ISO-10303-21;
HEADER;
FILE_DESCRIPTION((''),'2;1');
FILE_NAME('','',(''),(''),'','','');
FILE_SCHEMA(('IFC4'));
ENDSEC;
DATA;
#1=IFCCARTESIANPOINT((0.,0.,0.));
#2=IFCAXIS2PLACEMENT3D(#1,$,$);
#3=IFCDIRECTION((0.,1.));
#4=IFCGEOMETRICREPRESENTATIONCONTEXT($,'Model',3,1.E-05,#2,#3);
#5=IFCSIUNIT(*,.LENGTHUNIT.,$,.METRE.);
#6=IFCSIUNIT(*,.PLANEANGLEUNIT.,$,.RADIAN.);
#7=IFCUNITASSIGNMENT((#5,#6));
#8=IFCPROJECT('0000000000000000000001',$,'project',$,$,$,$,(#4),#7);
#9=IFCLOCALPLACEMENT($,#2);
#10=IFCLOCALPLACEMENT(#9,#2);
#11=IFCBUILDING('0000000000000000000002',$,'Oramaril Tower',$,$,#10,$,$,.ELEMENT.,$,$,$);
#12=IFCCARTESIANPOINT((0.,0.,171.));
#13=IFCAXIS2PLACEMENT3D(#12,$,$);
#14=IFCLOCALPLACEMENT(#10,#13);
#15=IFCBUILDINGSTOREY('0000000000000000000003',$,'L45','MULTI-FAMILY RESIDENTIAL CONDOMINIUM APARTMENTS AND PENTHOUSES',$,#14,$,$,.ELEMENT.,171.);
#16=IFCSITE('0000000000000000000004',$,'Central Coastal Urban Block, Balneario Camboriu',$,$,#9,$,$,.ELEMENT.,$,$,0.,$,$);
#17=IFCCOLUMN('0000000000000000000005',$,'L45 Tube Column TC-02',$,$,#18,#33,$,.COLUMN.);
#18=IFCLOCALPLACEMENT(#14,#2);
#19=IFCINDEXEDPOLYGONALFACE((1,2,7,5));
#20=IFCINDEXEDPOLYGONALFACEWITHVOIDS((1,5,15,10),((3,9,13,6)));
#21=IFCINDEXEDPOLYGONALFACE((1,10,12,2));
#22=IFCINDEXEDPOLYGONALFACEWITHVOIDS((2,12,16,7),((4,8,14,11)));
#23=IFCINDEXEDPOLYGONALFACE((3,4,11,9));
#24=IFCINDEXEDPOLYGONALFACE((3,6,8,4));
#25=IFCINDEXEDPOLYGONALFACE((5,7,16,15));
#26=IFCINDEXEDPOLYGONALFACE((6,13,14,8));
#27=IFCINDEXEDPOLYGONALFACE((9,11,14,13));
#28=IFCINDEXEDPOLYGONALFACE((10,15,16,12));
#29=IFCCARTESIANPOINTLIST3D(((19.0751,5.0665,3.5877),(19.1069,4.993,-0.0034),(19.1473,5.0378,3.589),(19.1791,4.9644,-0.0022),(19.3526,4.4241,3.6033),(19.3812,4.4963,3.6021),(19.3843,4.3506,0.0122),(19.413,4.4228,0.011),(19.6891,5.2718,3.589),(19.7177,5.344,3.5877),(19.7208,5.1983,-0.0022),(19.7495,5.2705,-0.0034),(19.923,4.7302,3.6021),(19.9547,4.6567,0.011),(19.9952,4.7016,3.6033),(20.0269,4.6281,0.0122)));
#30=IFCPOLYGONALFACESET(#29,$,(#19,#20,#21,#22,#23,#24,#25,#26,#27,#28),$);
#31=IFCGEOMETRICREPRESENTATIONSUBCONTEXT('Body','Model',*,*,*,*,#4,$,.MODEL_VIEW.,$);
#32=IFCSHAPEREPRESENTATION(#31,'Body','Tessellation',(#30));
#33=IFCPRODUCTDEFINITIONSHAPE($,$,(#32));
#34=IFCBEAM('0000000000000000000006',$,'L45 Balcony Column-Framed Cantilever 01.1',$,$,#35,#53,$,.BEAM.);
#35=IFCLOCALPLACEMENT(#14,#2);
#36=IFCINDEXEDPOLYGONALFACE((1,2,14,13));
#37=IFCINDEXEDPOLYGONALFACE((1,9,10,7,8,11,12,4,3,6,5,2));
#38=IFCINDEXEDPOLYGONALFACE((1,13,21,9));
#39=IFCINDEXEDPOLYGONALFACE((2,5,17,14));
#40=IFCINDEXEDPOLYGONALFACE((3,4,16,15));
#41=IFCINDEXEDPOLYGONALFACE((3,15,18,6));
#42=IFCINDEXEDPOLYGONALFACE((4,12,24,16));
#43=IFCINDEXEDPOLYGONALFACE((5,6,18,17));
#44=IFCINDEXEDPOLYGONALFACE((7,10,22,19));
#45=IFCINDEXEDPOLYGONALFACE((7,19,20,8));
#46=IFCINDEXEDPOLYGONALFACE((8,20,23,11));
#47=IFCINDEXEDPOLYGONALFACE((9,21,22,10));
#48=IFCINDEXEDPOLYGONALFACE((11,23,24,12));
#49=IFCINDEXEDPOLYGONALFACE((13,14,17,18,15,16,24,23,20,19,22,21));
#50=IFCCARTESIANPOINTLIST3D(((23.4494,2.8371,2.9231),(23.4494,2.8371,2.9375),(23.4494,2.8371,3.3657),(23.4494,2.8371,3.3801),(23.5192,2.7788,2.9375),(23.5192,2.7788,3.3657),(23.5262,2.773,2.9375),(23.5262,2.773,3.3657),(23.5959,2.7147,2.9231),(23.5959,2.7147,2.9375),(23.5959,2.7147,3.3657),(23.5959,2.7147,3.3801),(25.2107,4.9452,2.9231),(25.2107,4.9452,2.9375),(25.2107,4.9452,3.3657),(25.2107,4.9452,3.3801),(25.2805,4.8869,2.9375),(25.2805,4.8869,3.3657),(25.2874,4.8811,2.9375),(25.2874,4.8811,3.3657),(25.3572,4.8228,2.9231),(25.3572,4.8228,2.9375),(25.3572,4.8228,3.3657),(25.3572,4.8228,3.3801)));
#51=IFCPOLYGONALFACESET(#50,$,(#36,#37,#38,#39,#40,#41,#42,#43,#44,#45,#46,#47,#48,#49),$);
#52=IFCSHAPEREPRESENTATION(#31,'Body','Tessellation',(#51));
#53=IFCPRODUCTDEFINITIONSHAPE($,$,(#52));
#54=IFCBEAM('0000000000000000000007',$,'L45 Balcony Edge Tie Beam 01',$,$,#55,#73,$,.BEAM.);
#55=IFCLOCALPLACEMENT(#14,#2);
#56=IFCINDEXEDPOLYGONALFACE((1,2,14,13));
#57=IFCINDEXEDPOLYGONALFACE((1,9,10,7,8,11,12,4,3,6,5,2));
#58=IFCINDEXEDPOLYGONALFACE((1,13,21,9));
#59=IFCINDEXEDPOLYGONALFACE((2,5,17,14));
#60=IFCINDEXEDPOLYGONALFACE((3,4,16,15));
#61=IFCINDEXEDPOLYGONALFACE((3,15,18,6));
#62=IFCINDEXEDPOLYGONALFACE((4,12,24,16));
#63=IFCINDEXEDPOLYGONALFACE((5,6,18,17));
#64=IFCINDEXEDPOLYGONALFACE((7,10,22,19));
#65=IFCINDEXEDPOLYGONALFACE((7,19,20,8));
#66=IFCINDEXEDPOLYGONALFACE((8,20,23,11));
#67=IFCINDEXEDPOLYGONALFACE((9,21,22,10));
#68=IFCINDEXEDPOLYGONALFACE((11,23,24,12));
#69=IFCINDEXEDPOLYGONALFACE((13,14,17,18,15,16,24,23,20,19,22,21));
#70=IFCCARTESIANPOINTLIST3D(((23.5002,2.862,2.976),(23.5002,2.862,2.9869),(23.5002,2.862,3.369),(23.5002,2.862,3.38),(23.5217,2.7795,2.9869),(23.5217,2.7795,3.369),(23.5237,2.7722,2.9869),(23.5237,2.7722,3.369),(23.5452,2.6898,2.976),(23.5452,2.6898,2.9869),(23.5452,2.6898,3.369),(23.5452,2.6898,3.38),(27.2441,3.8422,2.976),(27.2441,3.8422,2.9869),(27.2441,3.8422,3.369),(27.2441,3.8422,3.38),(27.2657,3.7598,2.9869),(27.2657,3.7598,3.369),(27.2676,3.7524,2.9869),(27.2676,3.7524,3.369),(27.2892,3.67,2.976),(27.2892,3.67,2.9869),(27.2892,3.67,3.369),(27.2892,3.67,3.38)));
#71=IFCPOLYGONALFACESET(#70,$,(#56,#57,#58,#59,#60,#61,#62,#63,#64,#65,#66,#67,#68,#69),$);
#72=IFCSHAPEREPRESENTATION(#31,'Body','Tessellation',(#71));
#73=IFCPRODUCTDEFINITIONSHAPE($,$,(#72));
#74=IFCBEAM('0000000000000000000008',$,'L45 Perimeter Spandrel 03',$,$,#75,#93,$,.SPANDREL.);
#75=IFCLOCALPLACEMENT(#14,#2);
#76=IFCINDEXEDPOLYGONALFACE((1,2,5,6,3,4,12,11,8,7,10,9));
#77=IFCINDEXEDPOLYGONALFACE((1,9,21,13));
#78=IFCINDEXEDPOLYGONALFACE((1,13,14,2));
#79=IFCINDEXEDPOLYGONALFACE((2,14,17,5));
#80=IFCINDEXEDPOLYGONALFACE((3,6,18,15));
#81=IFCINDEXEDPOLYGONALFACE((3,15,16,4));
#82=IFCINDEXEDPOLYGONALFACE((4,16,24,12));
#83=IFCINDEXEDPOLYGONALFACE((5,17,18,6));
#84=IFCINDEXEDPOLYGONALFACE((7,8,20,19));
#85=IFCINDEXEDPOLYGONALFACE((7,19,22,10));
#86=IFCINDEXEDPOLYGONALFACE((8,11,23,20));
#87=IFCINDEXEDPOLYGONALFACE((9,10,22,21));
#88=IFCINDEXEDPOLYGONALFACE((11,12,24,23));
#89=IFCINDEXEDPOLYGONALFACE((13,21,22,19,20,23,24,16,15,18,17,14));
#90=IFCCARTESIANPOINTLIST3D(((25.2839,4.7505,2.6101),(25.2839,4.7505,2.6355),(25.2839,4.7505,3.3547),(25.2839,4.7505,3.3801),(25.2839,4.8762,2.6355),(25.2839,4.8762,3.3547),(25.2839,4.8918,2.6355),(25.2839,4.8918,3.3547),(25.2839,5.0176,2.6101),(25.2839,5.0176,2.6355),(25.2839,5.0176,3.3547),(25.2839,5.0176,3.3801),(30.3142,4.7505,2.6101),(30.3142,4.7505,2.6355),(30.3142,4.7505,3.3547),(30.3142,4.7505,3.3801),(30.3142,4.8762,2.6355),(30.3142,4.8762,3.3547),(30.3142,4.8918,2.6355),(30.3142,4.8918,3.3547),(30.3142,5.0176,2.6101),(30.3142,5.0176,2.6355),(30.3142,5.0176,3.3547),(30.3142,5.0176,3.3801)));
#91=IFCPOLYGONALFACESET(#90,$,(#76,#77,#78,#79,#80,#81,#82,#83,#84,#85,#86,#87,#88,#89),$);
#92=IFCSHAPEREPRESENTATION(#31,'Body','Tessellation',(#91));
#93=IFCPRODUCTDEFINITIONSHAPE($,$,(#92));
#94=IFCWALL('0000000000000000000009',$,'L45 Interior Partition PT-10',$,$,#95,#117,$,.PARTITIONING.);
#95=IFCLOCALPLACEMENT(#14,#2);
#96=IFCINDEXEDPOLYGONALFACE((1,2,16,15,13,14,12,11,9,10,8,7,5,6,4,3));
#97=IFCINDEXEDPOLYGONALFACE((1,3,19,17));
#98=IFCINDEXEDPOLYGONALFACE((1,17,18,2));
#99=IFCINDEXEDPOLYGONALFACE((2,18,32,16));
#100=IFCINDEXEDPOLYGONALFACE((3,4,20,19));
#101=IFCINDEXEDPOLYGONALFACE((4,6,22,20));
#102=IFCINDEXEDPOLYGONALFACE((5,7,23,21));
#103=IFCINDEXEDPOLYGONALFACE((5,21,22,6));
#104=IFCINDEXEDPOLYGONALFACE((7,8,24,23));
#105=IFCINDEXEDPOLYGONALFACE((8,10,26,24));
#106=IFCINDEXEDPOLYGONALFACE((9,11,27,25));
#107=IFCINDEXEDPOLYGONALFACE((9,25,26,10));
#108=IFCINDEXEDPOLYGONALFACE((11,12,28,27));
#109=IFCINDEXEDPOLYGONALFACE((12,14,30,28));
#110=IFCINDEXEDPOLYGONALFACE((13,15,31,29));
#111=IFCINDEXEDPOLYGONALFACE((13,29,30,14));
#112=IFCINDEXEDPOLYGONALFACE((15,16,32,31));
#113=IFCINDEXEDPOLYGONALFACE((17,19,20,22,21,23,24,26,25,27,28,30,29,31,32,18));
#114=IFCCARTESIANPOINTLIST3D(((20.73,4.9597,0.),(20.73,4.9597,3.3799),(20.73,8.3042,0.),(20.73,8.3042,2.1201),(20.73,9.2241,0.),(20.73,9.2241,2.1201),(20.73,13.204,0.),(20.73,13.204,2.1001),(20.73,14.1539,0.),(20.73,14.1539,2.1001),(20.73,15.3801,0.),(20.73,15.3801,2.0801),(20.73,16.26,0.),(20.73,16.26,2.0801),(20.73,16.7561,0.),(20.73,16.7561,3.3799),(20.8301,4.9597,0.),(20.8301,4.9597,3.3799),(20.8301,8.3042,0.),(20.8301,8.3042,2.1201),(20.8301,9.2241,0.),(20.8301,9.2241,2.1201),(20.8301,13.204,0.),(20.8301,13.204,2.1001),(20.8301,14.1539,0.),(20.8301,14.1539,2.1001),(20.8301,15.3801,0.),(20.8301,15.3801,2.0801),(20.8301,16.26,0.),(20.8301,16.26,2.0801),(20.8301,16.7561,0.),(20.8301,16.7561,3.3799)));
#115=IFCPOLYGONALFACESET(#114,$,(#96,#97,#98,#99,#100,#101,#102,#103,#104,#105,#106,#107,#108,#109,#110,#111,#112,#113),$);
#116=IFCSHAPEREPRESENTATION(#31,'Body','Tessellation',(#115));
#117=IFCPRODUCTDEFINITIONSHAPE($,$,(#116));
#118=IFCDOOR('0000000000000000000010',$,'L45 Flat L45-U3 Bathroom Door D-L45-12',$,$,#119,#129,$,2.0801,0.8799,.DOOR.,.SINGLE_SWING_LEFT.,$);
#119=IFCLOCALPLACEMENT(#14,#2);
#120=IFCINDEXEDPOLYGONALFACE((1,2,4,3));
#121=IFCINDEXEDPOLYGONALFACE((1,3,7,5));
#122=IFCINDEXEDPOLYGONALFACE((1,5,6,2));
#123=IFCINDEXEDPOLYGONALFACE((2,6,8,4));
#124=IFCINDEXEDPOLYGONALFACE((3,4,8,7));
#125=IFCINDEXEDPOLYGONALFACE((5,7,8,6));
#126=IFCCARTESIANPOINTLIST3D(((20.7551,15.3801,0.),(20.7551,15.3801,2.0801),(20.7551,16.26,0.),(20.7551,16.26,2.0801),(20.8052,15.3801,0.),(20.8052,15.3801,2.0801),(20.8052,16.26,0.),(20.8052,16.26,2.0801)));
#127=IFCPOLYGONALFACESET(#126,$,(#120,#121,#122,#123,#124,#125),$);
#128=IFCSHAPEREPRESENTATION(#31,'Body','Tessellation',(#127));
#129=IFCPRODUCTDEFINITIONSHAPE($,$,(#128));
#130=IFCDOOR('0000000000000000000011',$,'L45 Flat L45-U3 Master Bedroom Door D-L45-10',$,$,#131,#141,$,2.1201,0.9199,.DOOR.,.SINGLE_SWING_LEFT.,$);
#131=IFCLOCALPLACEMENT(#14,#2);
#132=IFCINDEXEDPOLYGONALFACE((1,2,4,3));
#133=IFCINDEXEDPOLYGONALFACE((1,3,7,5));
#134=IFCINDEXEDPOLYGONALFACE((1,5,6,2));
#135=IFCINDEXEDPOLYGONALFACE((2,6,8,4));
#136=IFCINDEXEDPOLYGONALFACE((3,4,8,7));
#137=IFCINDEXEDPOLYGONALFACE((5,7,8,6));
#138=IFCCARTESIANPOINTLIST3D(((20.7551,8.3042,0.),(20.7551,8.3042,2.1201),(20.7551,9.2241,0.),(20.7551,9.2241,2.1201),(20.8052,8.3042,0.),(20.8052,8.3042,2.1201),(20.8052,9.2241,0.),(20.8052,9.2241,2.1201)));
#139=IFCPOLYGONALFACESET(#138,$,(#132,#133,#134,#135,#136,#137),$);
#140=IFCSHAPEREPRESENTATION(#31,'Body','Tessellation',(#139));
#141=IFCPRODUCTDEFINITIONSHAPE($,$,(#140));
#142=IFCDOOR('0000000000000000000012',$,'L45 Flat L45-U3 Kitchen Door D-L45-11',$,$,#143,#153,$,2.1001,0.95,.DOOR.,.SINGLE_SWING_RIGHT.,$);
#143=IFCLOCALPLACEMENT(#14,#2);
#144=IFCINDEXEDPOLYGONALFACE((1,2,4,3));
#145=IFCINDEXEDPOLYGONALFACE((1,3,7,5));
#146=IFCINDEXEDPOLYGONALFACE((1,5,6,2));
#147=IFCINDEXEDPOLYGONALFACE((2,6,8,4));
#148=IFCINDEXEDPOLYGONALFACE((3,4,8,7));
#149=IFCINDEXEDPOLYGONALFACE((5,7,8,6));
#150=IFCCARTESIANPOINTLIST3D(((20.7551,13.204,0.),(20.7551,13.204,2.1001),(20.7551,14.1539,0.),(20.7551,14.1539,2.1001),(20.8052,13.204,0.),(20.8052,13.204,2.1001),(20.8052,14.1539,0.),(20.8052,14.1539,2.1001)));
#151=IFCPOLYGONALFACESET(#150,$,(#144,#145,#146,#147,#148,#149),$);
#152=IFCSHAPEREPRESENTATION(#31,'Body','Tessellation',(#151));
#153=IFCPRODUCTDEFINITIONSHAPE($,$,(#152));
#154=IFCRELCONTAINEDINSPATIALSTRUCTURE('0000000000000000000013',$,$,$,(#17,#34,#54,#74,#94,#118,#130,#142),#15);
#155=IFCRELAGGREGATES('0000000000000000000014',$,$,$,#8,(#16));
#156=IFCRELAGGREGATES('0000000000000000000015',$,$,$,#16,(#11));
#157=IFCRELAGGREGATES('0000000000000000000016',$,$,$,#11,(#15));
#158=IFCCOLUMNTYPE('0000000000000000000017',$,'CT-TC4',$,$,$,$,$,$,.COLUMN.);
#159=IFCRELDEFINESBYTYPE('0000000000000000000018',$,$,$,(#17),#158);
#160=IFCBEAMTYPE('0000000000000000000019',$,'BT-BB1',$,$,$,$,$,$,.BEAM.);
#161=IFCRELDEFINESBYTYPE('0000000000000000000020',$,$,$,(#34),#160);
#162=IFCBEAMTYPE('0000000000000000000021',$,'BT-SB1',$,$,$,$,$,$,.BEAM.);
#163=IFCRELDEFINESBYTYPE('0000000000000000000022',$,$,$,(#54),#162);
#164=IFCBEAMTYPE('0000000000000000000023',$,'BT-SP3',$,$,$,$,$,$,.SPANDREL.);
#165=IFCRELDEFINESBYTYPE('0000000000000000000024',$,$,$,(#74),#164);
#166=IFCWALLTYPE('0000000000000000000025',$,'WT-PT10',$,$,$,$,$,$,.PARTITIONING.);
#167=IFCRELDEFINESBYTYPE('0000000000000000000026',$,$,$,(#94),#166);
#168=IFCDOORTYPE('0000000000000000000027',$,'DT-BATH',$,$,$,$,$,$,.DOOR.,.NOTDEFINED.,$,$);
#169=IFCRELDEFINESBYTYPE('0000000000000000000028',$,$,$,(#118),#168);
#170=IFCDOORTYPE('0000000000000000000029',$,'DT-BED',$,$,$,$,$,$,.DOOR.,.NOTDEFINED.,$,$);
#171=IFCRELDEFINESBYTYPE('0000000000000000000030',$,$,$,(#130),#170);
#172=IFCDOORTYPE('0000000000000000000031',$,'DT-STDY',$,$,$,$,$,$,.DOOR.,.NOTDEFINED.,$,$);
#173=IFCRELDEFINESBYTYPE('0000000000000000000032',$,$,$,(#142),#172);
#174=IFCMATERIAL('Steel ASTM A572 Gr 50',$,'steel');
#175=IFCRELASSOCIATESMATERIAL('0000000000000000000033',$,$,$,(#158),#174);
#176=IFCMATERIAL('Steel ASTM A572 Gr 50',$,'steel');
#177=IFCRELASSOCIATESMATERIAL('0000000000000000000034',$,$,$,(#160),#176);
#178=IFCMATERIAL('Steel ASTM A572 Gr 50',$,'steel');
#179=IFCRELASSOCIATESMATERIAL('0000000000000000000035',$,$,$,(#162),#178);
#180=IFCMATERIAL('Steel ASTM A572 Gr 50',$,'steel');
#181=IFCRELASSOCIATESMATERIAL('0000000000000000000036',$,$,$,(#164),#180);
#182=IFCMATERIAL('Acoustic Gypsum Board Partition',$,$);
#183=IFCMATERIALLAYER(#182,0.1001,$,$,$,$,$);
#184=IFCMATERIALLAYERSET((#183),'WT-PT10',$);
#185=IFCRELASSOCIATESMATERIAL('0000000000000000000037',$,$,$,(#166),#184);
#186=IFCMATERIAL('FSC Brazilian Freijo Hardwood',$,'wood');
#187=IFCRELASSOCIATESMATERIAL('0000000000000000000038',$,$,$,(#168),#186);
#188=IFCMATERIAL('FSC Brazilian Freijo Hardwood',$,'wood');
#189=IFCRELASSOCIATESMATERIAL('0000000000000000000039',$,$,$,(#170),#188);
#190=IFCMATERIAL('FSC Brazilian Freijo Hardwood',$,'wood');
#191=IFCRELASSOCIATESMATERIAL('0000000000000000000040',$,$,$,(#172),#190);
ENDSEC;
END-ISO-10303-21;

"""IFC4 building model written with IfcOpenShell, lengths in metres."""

from ifc_helpers import new_model, si_unit, direction, frame, frame_2d, origin, origin_2d, place, context, subcontext, project, spatial, rectangle, hollow_rectangle, i_section, extrude, material, layer, layer_set, material_profile, profile_set, type_object, element, fill, save


model = new_model("IFC4")

# Units and contexts
model_context = context("Model", 3, precision=1e-05, world=origin(), true_north=direction((0.0, 1.0)))
body_context = subcontext(model_context, "Body", "Model", "MODEL_VIEW")
ifc_project = project(units=[si_unit("LENGTHUNIT", "METRE"), si_unit("PLANEANGLEUNIT", "RADIAN")], contexts=[model_context])

# Site, building, storey
site_placement = place(None, origin())
site = spatial("IfcSite", under=ifc_project, at=site_placement, Name="Central Coastal Urban Block, Balneario Camboriu", CompositionType="ELEMENT", RefElevation=0.0)
building_placement = place(site_placement, origin())
building = spatial("IfcBuilding", under=site, at=building_placement, Name="Oramaril Tower", CompositionType="ELEMENT")
storey_placement = place(building_placement, frame((0.0, 0.0, 171.0)))
storey = spatial("IfcBuildingStorey", under=building, at=storey_placement, Name="L45", Description="MULTI-FAMILY RESIDENTIAL CONDOMINIUM APARTMENTS AND PENTHOUSES", CompositionType="ELEMENT", Elevation=171.0)

# Column
ifc_material_1 = material(Name="Steel ASTM A572 Gr 50", Category="steel")
ifc_material_profile_1 = material_profile(ifc_material_1, hollow_rectangle(XDim=0.7, YDim=0.7, WallThickness=0.0549, at=origin_2d()), Name="BOX700X700X55")
ifc_profile_set_1 = profile_set([ifc_material_profile_1], Name="Steel ASTM A572 Gr 50")
column_type = type_object("IfcColumnType", Name="CT-TC4", PredefinedType="COLUMN", material=ifc_profile_set_1)
column_placement = place(storey_placement, frame((19.5669, 4.8105, 0.0044), z_axis=(-0.008836, 0.020459, 0.999752), x_axis=(-0.918037, -0.396494, 0.0)))
element("IfcColumn", 1, at=column_placement, inside=storey, type_object=column_type, Name="L45 Tube Column TC-02", PredefinedType="COLUMN", context=body_context, shape_type="SweptSolid", body=[
    extrude(hollow_rectangle(XDim=0.7, YDim=0.7, WallThickness=0.0549, at=origin_2d()), origin(), (0.0, 0.0, 1.0), 3.592),
])

# Beams
ifc_material_2 = material(Name="Steel ASTM A572 Gr 50", Category="steel")
ifc_material_profile_2 = material_profile(ifc_material_2, i_section(OverallWidth=0.1909, OverallDepth=0.457, WebThickness=0.009, FlangeThickness=0.0144, at=origin_2d()), Name="W18X50")
ifc_profile_set_2 = profile_set([ifc_material_profile_2], Name="Steel ASTM A572 Gr 50")
beam_type_1 = type_object("IfcBeamType", Name="BT-BB1", PredefinedType="BEAM", material=ifc_profile_set_2)
beam_1_placement = place(storey_placement, frame((25.2839, 4.884, 3.1516), z_axis=(-0.641137, -0.767427, 0.0), x_axis=(0.767427, -0.641137, 0.0)))
element("IfcBeam", 2, at=beam_1_placement, inside=storey, type_object=beam_type_1, Name="L45 Balcony Column-Framed Cantilever 01.1", PredefinedType="BEAM", context=body_context, shape_type="SweptSolid", body=[
    extrude(i_section(OverallWidth=0.1909, OverallDepth=0.457, WebThickness=0.009, FlangeThickness=0.0144, at=origin_2d()), origin(), (0.0, 0.0, 1.0), 2.7471),
])
ifc_material_3 = material(Name="Steel ASTM A572 Gr 50", Category="steel")
ifc_material_profile_3 = material_profile(ifc_material_3, i_section(OverallWidth=0.178, OverallDepth=0.4041, WebThickness=0.0076, FlangeThickness=0.011, at=origin_2d()), Name="W16X36")
ifc_profile_set_3 = profile_set([ifc_material_profile_3], Name="Steel ASTM A572 Gr 50")
beam_type_2 = type_object("IfcBeamType", Name="BT-SB1", PredefinedType="BEAM", material=ifc_profile_set_3)
beam_2_placement = place(storey_placement, frame((23.5227, 2.7759, 3.178), z_axis=(0.967392, 0.253282, 0.0), x_axis=(-0.253282, 0.967392, 0.0)))
element("IfcBeam", 3, at=beam_2_placement, inside=storey, type_object=beam_type_2, Name="L45 Balcony Edge Tie Beam 01", PredefinedType="BEAM", context=body_context, shape_type="SweptSolid", body=[
    extrude(i_section(OverallWidth=0.178, OverallDepth=0.4041, WebThickness=0.0076, FlangeThickness=0.011, at=origin_2d()), origin(), (0.0, 0.0, 1.0), 3.8701),
])
ifc_material_4 = material(Name="Steel ASTM A572 Gr 50", Category="steel")
ifc_material_profile_4 = material_profile(ifc_material_4, i_section(OverallWidth=0.2671, OverallDepth=0.77, WebThickness=0.0156, FlangeThickness=0.0254, at=origin_2d()), Name="W30X132")
ifc_profile_set_4 = profile_set([ifc_material_profile_4], Name="Steel ASTM A572 Gr 50")
beam_type_3 = type_object("IfcBeamType", Name="BT-SP3", PredefinedType="SPANDREL", material=ifc_profile_set_4)
beam_3_placement = place(storey_placement, frame((25.2839, 4.884, 2.9951), z_axis=(1.0, 0.0, 0.0), x_axis=(0.0, 1.0, 0.0)))
element("IfcBeam", 4, at=beam_3_placement, inside=storey, type_object=beam_type_3, Name="L45 Perimeter Spandrel 03", PredefinedType="SPANDREL", context=body_context, shape_type="SweptSolid", body=[
    extrude(i_section(OverallWidth=0.2671, OverallDepth=0.77, WebThickness=0.0156, FlangeThickness=0.0254, at=origin_2d()), origin(), (0.0, 0.0, 1.0), 5.0303),
])

# Wall, openings, doors
ifc_material_5 = material(Name="Acoustic Gypsum Board Partition")
ifc_layer_1 = layer(ifc_material_5, 0.1001)
ifc_layer_set_1 = layer_set([ifc_layer_1], Name="WT-PT10")
wall_type_1 = type_object("IfcWallType", Name="WT-PT10", PredefinedType="PARTITIONING", material=ifc_layer_set_1)
wall_1_placement = place(storey_placement, frame((20.78, 4.9597, 0.0), z_axis=(0.0, 0.0, 1.0), x_axis=(0.0, 1.0, 0.0)))
wall_1 = element("IfcWall", 5, at=wall_1_placement, inside=storey, type_object=wall_type_1, Name="L45 Interior Partition PT-10", PredefinedType="PARTITIONING", context=body_context, shape_type="SweptSolid", body=[
    extrude(rectangle(XDim=11.7964, YDim=0.1001, at=frame_2d((5.8982, 0.0))), origin(), (0.0, 0.0, 1.0), 3.3799),
])
opening_1_placement = place(wall_1_placement, frame((3.3445, 0.0, 0.0)))
opening_1 = element("IfcOpeningElement", 6, at=opening_1_placement, cuts=wall_1, PredefinedType="OPENING", context=body_context, shape_type="SweptSolid", body=[
    extrude(rectangle(XDim=0.9199, YDim=2.1201, at=frame_2d((0.46, 1.0601))), frame((0.0, 0.05, 0.0), z_axis=(0.0, -1.0, 0.0), x_axis=(1.0, 0.0, 0.0)), (0.0, 0.0, 1.0), 0.1001),
])
opening_2_placement = place(wall_1_placement, frame((8.2441, 0.0, 0.0)))
opening_2 = element("IfcOpeningElement", 7, at=opening_2_placement, cuts=wall_1, PredefinedType="OPENING", context=body_context, shape_type="SweptSolid", body=[
    extrude(rectangle(XDim=0.95, YDim=2.1001, at=frame_2d((0.4751, 1.05))), frame((0.0, 0.05, 0.0), z_axis=(0.0, -1.0, 0.0), x_axis=(1.0, 0.0, 0.0)), (0.0, 0.0, 1.0), 0.1001),
])
opening_3_placement = place(wall_1_placement, frame((10.4204, 0.0, 0.0)))
opening_3 = element("IfcOpeningElement", 8, at=opening_3_placement, cuts=wall_1, PredefinedType="OPENING", context=body_context, shape_type="SweptSolid", body=[
    extrude(rectangle(XDim=0.8799, YDim=2.0801, at=frame_2d((0.4399, 1.04))), frame((0.0, 0.05, 0.0), z_axis=(0.0, -1.0, 0.0), x_axis=(1.0, 0.0, 0.0)), (0.0, 0.0, 1.0), 0.1001),
])
ifc_material_6 = material(Name="FSC Brazilian Freijo Hardwood", Category="wood")
door_type_1 = type_object("IfcDoorType", Name="DT-BATH", OperationType="NOTDEFINED", PredefinedType="DOOR", material=ifc_material_6)
door_1_placement = place(opening_3_placement, origin())
door_1 = element("IfcDoor", 9, at=door_1_placement, inside=storey, type_object=door_type_1, Name="L45 Flat L45-U3 Bathroom Door D-L45-12", OperationType="SINGLE_SWING_LEFT", OverallHeight=2.0801, OverallWidth=0.8799, PredefinedType="DOOR", context=body_context, shape_type="SweptSolid", body=[
    extrude(rectangle(XDim=0.8799, YDim=2.0801, at=frame_2d((0.4399, 1.04))), frame((0.0, 0.0249, 0.0), z_axis=(0.0, -1.0, 0.0), x_axis=(1.0, 0.0, 0.0)), (0.0, 0.0, 1.0), 0.05),
])
fill(opening_3, door_1)
ifc_material_7 = material(Name="FSC Brazilian Freijo Hardwood", Category="wood")
door_type_2 = type_object("IfcDoorType", Name="DT-BED", OperationType="NOTDEFINED", PredefinedType="DOOR", material=ifc_material_7)
door_2_placement = place(opening_1_placement, origin())
door_2 = element("IfcDoor", 10, at=door_2_placement, inside=storey, type_object=door_type_2, Name="L45 Flat L45-U3 Master Bedroom Door D-L45-10", OperationType="SINGLE_SWING_LEFT", OverallHeight=2.1201, OverallWidth=0.9199, PredefinedType="DOOR", context=body_context, shape_type="SweptSolid", body=[
    extrude(rectangle(XDim=0.9199, YDim=2.1201, at=frame_2d((0.46, 1.0601))), frame((0.0, 0.0249, 0.0), z_axis=(0.0, -1.0, 0.0), x_axis=(1.0, 0.0, 0.0)), (0.0, 0.0, 1.0), 0.05),
])
fill(opening_1, door_2)
ifc_material_8 = material(Name="FSC Brazilian Freijo Hardwood", Category="wood")
door_type_3 = type_object("IfcDoorType", Name="DT-STDY", OperationType="NOTDEFINED", PredefinedType="DOOR", material=ifc_material_8)
door_3_placement = place(opening_2_placement, origin())
door_3 = element("IfcDoor", 11, at=door_3_placement, inside=storey, type_object=door_type_3, Name="L45 Flat L45-U3 Kitchen Door D-L45-11", OperationType="SINGLE_SWING_RIGHT", OverallHeight=2.1001, OverallWidth=0.95, PredefinedType="DOOR", context=body_context, shape_type="SweptSolid", body=[
    extrude(rectangle(XDim=0.95, YDim=2.1001, at=frame_2d((0.4751, 1.05))), frame((0.0, 0.0249, 0.0), z_axis=(0.0, -1.0, 0.0), x_axis=(1.0, 0.0, 0.0)), (0.0, 0.0, 1.0), 0.05),
])
fill(opening_2, door_3)

save(model, "model.ifc")
